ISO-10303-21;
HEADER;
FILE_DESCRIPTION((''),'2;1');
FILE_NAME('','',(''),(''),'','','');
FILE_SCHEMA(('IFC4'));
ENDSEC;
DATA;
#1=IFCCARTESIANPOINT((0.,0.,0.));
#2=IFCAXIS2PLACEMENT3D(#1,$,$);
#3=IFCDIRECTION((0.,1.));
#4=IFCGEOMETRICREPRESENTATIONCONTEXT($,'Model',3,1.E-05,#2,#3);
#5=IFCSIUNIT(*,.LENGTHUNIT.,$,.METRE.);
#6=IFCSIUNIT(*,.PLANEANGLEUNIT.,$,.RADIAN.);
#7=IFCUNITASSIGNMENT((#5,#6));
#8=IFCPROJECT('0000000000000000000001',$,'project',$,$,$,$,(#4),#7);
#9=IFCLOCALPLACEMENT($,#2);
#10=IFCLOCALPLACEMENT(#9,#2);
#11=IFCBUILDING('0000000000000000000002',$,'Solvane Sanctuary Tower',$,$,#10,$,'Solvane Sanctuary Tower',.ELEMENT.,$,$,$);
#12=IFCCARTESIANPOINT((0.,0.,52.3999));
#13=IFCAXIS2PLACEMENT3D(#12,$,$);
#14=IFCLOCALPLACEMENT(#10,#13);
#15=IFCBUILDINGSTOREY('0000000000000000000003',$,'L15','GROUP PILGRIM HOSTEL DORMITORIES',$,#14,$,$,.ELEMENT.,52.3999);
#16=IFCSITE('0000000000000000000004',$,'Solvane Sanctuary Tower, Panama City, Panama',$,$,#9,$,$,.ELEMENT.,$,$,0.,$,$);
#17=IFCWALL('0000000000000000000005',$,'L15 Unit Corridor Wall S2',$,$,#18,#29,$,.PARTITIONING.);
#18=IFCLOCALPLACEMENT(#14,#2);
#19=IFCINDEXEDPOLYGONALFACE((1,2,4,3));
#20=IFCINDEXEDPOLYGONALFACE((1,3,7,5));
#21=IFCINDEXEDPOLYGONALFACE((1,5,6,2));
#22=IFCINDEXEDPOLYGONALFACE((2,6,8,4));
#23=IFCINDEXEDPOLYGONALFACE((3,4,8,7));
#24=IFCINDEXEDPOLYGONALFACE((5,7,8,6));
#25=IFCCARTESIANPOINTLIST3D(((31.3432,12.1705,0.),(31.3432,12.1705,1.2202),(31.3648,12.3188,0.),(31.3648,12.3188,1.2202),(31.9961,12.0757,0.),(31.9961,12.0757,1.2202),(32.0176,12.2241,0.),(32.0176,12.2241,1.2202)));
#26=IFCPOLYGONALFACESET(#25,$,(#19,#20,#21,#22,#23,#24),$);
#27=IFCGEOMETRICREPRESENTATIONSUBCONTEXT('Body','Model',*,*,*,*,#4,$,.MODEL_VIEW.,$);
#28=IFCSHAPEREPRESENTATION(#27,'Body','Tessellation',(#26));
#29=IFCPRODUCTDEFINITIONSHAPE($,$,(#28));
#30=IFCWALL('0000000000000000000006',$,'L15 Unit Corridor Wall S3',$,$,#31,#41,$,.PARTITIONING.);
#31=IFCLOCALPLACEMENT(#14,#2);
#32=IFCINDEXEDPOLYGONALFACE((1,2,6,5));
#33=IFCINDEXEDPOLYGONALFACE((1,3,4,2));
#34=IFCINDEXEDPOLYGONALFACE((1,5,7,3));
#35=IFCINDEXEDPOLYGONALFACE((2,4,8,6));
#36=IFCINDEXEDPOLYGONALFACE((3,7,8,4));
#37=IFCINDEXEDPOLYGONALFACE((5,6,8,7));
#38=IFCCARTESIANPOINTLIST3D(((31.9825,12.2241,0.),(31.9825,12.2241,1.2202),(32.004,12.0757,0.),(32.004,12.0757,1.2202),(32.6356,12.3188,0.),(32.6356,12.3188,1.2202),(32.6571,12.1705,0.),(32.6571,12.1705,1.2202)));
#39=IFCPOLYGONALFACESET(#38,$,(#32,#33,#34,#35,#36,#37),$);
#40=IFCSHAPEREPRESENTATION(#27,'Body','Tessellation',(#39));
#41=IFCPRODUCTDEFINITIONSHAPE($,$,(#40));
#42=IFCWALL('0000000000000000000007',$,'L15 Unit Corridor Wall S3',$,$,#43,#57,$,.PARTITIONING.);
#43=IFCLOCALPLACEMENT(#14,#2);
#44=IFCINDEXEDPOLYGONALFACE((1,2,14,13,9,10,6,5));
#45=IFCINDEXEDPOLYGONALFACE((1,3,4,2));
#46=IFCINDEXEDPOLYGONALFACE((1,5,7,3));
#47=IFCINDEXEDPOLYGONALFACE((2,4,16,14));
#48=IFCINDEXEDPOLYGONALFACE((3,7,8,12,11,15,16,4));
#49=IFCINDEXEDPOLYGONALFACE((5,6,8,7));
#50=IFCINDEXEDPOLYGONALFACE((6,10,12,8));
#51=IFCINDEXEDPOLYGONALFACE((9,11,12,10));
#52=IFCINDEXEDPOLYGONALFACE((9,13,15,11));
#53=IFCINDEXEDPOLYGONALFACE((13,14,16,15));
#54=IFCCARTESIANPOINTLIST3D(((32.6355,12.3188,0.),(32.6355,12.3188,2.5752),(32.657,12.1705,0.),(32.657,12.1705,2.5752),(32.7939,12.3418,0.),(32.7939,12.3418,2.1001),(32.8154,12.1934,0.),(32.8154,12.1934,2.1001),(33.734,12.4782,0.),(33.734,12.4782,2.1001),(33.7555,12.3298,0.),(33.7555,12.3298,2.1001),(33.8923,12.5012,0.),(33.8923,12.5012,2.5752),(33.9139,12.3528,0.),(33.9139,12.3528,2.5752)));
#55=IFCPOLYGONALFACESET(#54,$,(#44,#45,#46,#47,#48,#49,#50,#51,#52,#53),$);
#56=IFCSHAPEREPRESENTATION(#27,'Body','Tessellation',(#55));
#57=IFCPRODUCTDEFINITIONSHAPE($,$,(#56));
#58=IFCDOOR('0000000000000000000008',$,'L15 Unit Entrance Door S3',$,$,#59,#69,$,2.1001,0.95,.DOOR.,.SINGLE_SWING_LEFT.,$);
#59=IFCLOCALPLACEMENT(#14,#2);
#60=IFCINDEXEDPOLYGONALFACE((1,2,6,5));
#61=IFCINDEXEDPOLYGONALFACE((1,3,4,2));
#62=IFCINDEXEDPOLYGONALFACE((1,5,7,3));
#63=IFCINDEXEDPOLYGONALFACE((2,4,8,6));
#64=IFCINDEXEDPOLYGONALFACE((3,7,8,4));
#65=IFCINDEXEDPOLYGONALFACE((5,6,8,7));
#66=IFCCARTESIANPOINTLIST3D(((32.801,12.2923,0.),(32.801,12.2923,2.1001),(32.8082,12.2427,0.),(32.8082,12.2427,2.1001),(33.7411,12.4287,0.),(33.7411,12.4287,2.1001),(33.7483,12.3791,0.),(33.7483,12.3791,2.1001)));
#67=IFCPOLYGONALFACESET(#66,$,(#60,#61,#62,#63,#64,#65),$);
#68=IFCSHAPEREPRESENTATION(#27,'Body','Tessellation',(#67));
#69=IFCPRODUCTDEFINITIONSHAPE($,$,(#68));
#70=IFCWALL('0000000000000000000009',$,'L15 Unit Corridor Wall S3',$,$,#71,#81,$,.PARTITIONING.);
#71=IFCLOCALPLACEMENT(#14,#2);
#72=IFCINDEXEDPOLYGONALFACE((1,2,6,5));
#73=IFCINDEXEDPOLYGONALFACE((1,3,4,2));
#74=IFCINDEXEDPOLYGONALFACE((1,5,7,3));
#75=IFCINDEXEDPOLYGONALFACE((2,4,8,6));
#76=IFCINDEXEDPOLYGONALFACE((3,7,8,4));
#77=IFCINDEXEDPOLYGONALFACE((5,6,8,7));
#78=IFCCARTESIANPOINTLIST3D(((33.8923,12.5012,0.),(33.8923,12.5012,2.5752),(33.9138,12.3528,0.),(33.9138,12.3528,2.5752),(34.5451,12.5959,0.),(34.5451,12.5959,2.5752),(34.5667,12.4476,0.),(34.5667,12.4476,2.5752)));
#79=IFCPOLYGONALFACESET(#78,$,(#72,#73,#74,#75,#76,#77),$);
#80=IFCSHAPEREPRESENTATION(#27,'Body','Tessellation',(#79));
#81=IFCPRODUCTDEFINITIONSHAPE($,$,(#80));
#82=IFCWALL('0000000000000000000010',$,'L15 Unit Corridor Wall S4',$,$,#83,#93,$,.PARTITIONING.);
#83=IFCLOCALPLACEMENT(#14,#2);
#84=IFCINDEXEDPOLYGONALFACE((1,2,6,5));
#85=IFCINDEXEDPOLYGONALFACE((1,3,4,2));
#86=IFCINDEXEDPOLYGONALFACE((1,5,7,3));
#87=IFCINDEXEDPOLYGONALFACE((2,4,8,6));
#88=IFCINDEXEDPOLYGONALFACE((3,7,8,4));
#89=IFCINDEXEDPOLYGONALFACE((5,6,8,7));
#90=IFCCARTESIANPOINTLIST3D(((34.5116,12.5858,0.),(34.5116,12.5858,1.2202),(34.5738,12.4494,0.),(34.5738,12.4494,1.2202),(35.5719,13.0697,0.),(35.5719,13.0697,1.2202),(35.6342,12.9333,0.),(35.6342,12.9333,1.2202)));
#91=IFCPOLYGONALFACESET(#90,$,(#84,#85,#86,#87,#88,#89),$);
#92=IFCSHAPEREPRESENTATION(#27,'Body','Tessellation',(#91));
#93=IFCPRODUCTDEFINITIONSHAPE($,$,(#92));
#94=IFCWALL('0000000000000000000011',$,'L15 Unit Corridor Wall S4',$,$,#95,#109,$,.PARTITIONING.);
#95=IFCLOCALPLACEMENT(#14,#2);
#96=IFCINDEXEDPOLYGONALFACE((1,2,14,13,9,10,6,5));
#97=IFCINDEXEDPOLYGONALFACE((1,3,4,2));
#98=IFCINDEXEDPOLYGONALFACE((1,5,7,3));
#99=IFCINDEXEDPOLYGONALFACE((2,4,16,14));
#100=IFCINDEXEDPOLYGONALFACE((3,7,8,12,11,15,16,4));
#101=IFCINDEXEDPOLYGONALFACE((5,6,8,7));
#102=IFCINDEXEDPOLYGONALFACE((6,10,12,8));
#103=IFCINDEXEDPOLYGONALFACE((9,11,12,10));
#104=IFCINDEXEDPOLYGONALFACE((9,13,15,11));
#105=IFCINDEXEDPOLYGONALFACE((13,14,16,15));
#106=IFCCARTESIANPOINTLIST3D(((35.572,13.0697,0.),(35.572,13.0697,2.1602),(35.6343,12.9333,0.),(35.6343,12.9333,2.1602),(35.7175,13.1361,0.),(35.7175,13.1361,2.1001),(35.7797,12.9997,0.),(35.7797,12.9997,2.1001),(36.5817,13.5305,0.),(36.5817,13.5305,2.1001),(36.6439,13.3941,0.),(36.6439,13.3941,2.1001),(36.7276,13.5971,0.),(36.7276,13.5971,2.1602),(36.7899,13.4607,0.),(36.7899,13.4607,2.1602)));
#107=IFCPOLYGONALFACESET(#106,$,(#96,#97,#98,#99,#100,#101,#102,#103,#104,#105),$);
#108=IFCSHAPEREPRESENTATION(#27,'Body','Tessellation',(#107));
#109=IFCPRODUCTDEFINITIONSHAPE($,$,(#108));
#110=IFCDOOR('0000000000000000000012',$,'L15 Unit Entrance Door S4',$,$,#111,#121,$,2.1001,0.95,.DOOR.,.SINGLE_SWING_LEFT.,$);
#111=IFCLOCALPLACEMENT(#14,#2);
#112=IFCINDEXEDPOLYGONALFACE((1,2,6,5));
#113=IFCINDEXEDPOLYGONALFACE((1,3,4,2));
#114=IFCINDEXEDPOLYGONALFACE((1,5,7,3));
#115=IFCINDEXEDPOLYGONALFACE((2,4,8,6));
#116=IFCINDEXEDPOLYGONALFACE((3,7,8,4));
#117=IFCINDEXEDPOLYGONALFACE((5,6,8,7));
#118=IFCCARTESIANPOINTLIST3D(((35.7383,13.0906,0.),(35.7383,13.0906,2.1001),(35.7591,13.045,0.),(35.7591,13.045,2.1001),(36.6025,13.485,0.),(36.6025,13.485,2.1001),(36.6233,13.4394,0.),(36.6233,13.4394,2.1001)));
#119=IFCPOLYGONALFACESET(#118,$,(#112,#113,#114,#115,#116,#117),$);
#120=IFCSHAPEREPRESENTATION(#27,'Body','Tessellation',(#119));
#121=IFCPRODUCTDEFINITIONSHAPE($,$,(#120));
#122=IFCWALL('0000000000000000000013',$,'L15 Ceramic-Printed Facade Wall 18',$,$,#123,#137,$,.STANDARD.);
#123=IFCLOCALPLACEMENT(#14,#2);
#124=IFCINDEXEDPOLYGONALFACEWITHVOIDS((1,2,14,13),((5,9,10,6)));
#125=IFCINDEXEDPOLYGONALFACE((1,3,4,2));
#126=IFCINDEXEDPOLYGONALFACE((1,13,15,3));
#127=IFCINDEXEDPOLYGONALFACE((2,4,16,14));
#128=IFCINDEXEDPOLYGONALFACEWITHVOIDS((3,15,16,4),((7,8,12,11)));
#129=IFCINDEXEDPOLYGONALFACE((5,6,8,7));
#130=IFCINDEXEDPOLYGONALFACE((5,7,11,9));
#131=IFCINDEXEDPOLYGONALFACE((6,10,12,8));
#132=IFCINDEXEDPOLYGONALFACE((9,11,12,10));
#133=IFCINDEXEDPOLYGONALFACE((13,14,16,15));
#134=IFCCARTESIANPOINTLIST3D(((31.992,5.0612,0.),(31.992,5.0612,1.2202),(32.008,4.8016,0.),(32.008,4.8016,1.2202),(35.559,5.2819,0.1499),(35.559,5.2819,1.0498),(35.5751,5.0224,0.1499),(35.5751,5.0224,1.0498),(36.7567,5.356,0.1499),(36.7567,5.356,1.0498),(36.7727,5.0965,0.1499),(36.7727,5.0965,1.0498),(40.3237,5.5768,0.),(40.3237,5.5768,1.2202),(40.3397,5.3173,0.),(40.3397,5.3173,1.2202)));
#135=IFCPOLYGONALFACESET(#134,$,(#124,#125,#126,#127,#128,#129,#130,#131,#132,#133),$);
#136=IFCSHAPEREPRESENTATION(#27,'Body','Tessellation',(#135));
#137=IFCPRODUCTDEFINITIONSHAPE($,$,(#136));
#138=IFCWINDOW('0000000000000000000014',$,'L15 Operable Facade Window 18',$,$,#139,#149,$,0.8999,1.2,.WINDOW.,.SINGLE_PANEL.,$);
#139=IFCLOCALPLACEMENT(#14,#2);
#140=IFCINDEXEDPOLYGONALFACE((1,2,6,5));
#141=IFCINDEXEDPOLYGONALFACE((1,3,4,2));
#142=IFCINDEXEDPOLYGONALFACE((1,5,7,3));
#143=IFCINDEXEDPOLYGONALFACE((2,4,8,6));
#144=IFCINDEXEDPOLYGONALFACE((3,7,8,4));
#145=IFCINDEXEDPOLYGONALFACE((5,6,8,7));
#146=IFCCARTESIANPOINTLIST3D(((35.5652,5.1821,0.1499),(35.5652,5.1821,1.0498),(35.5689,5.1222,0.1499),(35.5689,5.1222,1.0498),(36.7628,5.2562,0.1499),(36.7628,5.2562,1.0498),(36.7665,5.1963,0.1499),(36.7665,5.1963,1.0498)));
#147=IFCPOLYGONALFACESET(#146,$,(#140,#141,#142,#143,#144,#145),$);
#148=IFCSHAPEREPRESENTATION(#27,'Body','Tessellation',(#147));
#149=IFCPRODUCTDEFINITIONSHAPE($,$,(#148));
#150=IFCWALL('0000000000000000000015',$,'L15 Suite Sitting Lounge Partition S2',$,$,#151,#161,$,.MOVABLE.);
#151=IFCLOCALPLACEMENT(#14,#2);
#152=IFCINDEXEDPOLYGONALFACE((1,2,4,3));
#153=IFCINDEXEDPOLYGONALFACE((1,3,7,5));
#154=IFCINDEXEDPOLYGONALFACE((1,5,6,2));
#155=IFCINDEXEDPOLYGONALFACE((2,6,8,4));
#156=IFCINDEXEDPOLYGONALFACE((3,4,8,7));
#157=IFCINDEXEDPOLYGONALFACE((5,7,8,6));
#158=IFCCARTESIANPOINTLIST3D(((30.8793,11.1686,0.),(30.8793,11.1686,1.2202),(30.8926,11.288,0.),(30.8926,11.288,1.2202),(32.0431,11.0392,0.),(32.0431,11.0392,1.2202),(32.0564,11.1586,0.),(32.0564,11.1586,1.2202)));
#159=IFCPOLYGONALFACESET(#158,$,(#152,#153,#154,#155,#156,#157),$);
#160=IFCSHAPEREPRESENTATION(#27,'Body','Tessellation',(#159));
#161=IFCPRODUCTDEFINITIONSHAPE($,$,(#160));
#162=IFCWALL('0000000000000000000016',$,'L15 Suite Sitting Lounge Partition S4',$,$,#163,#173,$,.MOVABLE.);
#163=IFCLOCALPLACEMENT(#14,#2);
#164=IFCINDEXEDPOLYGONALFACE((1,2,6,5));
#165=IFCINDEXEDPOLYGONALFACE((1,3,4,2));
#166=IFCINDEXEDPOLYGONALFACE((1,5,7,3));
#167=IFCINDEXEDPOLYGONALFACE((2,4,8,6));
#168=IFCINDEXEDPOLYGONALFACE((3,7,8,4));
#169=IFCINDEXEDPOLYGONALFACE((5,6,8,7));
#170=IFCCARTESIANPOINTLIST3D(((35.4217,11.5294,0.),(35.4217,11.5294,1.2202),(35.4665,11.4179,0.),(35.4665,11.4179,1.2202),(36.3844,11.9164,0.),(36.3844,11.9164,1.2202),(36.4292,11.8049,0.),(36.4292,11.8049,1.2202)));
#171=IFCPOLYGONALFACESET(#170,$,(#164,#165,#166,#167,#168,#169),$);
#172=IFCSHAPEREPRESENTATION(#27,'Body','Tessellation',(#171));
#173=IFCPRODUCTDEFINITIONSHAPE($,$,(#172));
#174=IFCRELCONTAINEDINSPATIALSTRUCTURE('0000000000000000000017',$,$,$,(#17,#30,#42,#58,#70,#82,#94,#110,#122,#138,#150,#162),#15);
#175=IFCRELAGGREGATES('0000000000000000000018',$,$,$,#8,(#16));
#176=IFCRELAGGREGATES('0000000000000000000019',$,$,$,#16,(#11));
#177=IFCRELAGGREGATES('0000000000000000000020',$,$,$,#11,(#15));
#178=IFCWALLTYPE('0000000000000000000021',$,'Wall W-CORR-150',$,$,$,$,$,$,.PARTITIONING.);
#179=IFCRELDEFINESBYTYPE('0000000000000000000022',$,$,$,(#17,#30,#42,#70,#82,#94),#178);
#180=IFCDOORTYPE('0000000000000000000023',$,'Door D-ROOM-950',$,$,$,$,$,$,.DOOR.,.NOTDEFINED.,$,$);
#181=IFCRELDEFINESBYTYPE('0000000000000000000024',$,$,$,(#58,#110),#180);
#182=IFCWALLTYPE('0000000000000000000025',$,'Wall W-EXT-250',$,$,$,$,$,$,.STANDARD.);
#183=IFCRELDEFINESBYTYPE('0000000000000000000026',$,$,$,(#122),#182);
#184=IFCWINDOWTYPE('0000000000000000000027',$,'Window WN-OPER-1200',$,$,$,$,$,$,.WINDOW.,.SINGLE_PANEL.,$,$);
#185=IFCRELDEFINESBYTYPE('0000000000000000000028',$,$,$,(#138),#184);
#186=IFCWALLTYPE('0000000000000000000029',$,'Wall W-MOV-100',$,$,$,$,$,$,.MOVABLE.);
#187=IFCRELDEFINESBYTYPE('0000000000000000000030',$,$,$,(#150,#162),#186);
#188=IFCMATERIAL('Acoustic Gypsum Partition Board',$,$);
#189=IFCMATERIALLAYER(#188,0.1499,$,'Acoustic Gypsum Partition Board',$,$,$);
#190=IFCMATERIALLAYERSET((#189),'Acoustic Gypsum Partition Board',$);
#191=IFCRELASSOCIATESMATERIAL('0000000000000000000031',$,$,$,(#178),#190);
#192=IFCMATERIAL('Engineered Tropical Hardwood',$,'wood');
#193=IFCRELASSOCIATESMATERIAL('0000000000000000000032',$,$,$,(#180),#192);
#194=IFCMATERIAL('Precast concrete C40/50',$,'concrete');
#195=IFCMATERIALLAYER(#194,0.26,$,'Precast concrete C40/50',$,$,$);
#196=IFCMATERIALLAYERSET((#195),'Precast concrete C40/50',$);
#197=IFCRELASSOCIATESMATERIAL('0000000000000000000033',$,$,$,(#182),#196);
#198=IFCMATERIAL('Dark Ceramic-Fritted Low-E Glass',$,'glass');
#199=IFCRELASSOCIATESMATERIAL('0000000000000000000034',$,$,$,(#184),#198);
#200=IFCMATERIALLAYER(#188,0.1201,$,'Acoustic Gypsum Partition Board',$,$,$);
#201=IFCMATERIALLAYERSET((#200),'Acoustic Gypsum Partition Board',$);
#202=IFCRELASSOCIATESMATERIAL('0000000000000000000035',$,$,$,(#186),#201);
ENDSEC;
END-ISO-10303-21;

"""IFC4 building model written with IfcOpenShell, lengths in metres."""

from ifc_helpers import new_model, si_unit, direction, frame, frame_2d, origin, place, context, subcontext, project, spatial, rectangle, extrude, material, layer, layer_set, type_object, element, fill, save


model = new_model("IFC4")

# Units and contexts
model_context = context("Model", 3, precision=1e-05, world=origin(), true_north=direction((0.0, 1.0)))
body_context = subcontext(model_context, "Body", "Model", "MODEL_VIEW")
ifc_project = project(units=[si_unit("LENGTHUNIT", "METRE"), si_unit("PLANEANGLEUNIT", "RADIAN")], contexts=[model_context])

# Site, building, storey
site_placement = place(None, origin())
site = spatial("IfcSite", under=ifc_project, at=site_placement, Name="Solvane Sanctuary Tower, Panama City, Panama", CompositionType="ELEMENT", RefElevation=0.0)
building_placement = place(site_placement, origin())
building = spatial("IfcBuilding", under=site, at=building_placement, Name="Solvane Sanctuary Tower", LongName="Solvane Sanctuary Tower", CompositionType="ELEMENT")
storey_placement = place(building_placement, frame((0.0, 0.0, 52.3999)))
storey = spatial("IfcBuildingStorey", under=building, at=storey_placement, Name="L15", Description="GROUP PILGRIM HOSTEL DORMITORIES", CompositionType="ELEMENT", Elevation=52.3999)

# Walls
ifc_material_1 = material(Name="Acoustic Gypsum Partition Board")
ifc_layer_1 = layer(ifc_material_1, 0.1499, Name="Acoustic Gypsum Partition Board")
ifc_layer_set_1 = layer_set([ifc_layer_1], Name="Acoustic Gypsum Partition Board")
wall_type_1 = type_object("IfcWallType", Name="Wall W-CORR-150", PredefinedType="PARTITIONING", material=ifc_layer_set_1)
wall_1_placement = place(storey_placement, frame((31.354, 12.2446, 0.0), z_axis=(0.0, 0.0, 1.0), x_axis=(0.989636, -0.143597, 0.0)))
element("IfcWall", 1, at=wall_1_placement, inside=storey, type_object=wall_type_1, Name="L15 Unit Corridor Wall S2", PredefinedType="PARTITIONING", context=body_context, shape_type="SweptSolid", body=[
    extrude(rectangle(XDim=0.6597, YDim=0.1499, at=frame_2d((0.3298, 0.0))), origin(), (0.0, 0.0, 1.0), 1.2202),
])
wall_2_placement = place(storey_placement, frame((31.9932, 12.1499, 0.0), z_axis=(0.0, 0.0, 1.0), x_axis=(0.989644, 0.143545, 0.0)))
element("IfcWall", 2, at=wall_2_placement, inside=storey, type_object=wall_type_1, Name="L15 Unit Corridor Wall S3", PredefinedType="PARTITIONING", context=body_context, shape_type="SweptSolid", body=[
    extrude(rectangle(XDim=0.6599, YDim=0.1499, at=frame_2d((0.3301, 0.0))), origin(), (0.0, 0.0, 1.0), 1.2202),
])

# Wall, opening, door
wall_3_placement = place(storey_placement, frame((32.6462, 12.2446, 0.0), z_axis=(0.0, 0.0, 1.0), x_axis=(0.989636, 0.143601, 0.0)))
wall_3 = element("IfcWall", 3, at=wall_3_placement, inside=storey, type_object=wall_type_1, Name="L15 Unit Corridor Wall S3", PredefinedType="PARTITIONING", context=body_context, shape_type="SweptSolid", body=[
    extrude(rectangle(XDim=1.27, YDim=0.1499, at=frame_2d((0.635, 0.0))), origin(), (0.0, 0.0, 1.0), 2.5752),
])
opening_1_placement = place(wall_3_placement, frame((0.1599, 0.0, 0.0)))
opening_1 = element("IfcOpeningElement", 4, at=opening_1_placement, cuts=wall_3, PredefinedType="OPENING", context=body_context, shape_type="SweptSolid", body=[
    extrude(rectangle(XDim=0.95, YDim=2.1001, at=frame_2d((0.4751, 1.05))), frame((0.0, 0.085, 0.0), z_axis=(0.0, -1.0, 0.0), x_axis=(1.0, 0.0, 0.0)), (0.0, 0.0, 1.0), 0.1699),
])
ifc_material_2 = material(Name="Engineered Tropical Hardwood", Category="wood")
door_type = type_object("IfcDoorType", Name="Door D-ROOM-950", OperationType="NOTDEFINED", PredefinedType="DOOR", material=ifc_material_2)
door_1_placement = place(opening_1_placement, origin())
door_1 = element("IfcDoor", 5, at=door_1_placement, inside=storey, type_object=door_type, Name="L15 Unit Entrance Door S3", OperationType="SINGLE_SWING_LEFT", OverallHeight=2.1001, OverallWidth=0.95, PredefinedType="DOOR", context=body_context, shape_type="SweptSolid", body=[
    extrude(rectangle(XDim=0.95, YDim=2.1001, at=frame_2d((0.4751, 1.05))), frame((0.0, 0.0249, 0.0), z_axis=(0.0, -1.0, 0.0), x_axis=(1.0, 0.0, 0.0)), (0.0, 0.0, 1.0), 0.05),
])
fill(opening_1, door_1)

# Walls
wall_4_placement = place(storey_placement, frame((33.9031, 12.427, 0.0), z_axis=(0.0, 0.0, 1.0), x_axis=(0.989636, 0.143597, 0.0)))
element("IfcWall", 6, at=wall_4_placement, inside=storey, type_object=wall_type_1, Name="L15 Unit Corridor Wall S3", PredefinedType="PARTITIONING", context=body_context, shape_type="SweptSolid", body=[
    extrude(rectangle(XDim=0.6597, YDim=0.1499, at=frame_2d((0.3298, 0.0))), origin(), (0.0, 0.0, 1.0), 2.5752),
])
wall_5_placement = place(storey_placement, frame((34.5427, 12.5176, 0.0), z_axis=(0.0, 0.0, 1.0), x_axis=(0.909741, 0.415176, 0.0)))
element("IfcWall", 7, at=wall_5_placement, inside=storey, type_object=wall_type_1, Name="L15 Unit Corridor Wall S4", PredefinedType="PARTITIONING", context=body_context, shape_type="SweptSolid", body=[
    extrude(rectangle(XDim=1.1655, YDim=0.1499, at=frame_2d((0.5828, 0.0))), origin(), (0.0, 0.0, 1.0), 1.2202),
])

# Wall, opening, door
wall_6_placement = place(storey_placement, frame((35.603, 13.0015, 0.0), z_axis=(0.0, 0.0, 1.0), x_axis=(0.90974, 0.415178, 0.0)))
wall_6 = element("IfcWall", 8, at=wall_6_placement, inside=storey, type_object=wall_type_1, Name="L15 Unit Corridor Wall S4", PredefinedType="PARTITIONING", context=body_context, shape_type="SweptSolid", body=[
    extrude(rectangle(XDim=1.2703, YDim=0.1499, at=frame_2d((0.6353, 0.0))), origin(), (0.0, 0.0, 1.0), 2.1602),
])
opening_2_placement = place(wall_6_placement, frame((0.1599, 0.0, 0.0)))
opening_2 = element("IfcOpeningElement", 9, at=opening_2_placement, cuts=wall_6, PredefinedType="OPENING", context=body_context, shape_type="SweptSolid", body=[
    extrude(rectangle(XDim=0.95, YDim=2.1001, at=frame_2d((0.4751, 1.05))), frame((0.0, 0.085, 0.0), z_axis=(0.0, -1.0, 0.0), x_axis=(1.0, 0.0, 0.0)), (0.0, 0.0, 1.0), 0.1699),
])
door_2_placement = place(opening_2_placement, origin())
door_2 = element("IfcDoor", 10, at=door_2_placement, inside=storey, type_object=door_type, Name="L15 Unit Entrance Door S4", OperationType="SINGLE_SWING_LEFT", OverallHeight=2.1001, OverallWidth=0.95, PredefinedType="DOOR", context=body_context, shape_type="SweptSolid", body=[
    extrude(rectangle(XDim=0.95, YDim=2.1001, at=frame_2d((0.4751, 1.05))), frame((0.0, 0.0249, 0.0), z_axis=(0.0, -1.0, 0.0), x_axis=(1.0, 0.0, 0.0)), (0.0, 0.0, 1.0), 0.05),
])
fill(opening_2, door_2)

# Wall, opening, window
ifc_material_3 = material(Name="Precast concrete C40/50", Category="concrete")
ifc_layer_2 = layer(ifc_material_3, 0.26, Name="Precast concrete C40/50")
ifc_layer_set_2 = layer_set([ifc_layer_2], Name="Precast concrete C40/50")
wall_type_2 = type_object("IfcWallType", Name="Wall W-EXT-250", PredefinedType="STANDARD", material=ifc_layer_set_2)
wall_7_placement = place(storey_placement, frame((32.0, 4.9314, 0.0), z_axis=(0.0, 0.0, 1.0), x_axis=(0.998091, 0.061768, 0.0)))
wall_7 = element("IfcWall", 11, at=wall_7_placement, inside=storey, type_object=wall_type_2, Name="L15 Ceramic-Printed Facade Wall 18", PredefinedType="STANDARD", context=body_context, shape_type="SweptSolid", body=[
    extrude(rectangle(XDim=8.3477, YDim=0.26, at=frame_2d((4.1738, 0.0))), origin(), (0.0, 0.0, 1.0), 1.2202),
])
opening_3_placement = place(wall_7_placement, frame((3.5737, 0.0, 0.1499)))
opening_3 = element("IfcOpeningElement", 12, at=opening_3_placement, cuts=wall_7, PredefinedType="OPENING", context=body_context, shape_type="SweptSolid", body=[
    extrude(rectangle(XDim=1.2, YDim=0.8999, at=frame_2d((0.6001, 0.45))), frame((0.0, 0.1399, 0.0), z_axis=(0.0, -1.0, 0.0), x_axis=(1.0, 0.0, 0.0)), (0.0, 0.0, 1.0), 0.28),
])
ifc_material_4 = material(Name="Dark Ceramic-Fritted Low-E Glass", Category="glass")
window_type = type_object("IfcWindowType", Name="Window WN-OPER-1200", PartitioningType="SINGLE_PANEL", PredefinedType="WINDOW", material=ifc_material_4)
window_placement = place(opening_3_placement, origin())
window = element("IfcWindow", 13, at=window_placement, inside=storey, type_object=window_type, Name="L15 Operable Facade Window 18", OverallHeight=0.8999, OverallWidth=1.2, PartitioningType="SINGLE_PANEL", PredefinedType="WINDOW", context=body_context, shape_type="SweptSolid", body=[
    extrude(rectangle(XDim=1.2, YDim=0.8999, at=frame_2d((0.6001, 0.45))), frame((0.0, 0.03, 0.0), z_axis=(0.0, -1.0, 0.0), x_axis=(1.0, 0.0, 0.0)), (0.0, 0.0, 1.0), 0.0601),
])
fill(opening_3, window)

# Walls
ifc_layer_3 = layer(ifc_material_1, 0.1201, Name="Acoustic Gypsum Partition Board")
ifc_layer_set_3 = layer_set([ifc_layer_3], Name="Acoustic Gypsum Partition Board")
wall_type_3 = type_object("IfcWallType", Name="Wall W-MOV-100", PredefinedType="MOVABLE", material=ifc_layer_set_3)
wall_8_placement = place(storey_placement, frame((30.886, 11.2283, 0.0), z_axis=(0.0, 0.0, 1.0), x_axis=(0.993876, -0.1105, 0.0)))
element("IfcWall", 14, at=wall_8_placement, inside=storey, type_object=wall_type_3, Name="L15 Suite Sitting Lounge Partition S2", PredefinedType="MOVABLE", context=body_context, shape_type="SweptSolid", body=[
    extrude(rectangle(XDim=1.1709, YDim=0.1201, at=frame_2d((0.5854, 0.0))), origin(), (0.0, 0.0, 1.0), 1.2202),
])
wall_9_placement = place(storey_placement, frame((35.4441, 11.4736, 0.0), z_axis=(0.0, 0.0, 1.0), x_axis=(0.927842, 0.372972, 0.0)))
element("IfcWall", 15, at=wall_9_placement, inside=storey, type_object=wall_type_3, Name="L15 Suite Sitting Lounge Partition S4", PredefinedType="MOVABLE", context=body_context, shape_type="SweptSolid", body=[
    extrude(rectangle(XDim=1.0376, YDim=0.1201, at=frame_2d((0.5188, 0.0))), origin(), (0.0, 0.0, 1.0), 1.2202),
])

save(model, "model.ifc")
